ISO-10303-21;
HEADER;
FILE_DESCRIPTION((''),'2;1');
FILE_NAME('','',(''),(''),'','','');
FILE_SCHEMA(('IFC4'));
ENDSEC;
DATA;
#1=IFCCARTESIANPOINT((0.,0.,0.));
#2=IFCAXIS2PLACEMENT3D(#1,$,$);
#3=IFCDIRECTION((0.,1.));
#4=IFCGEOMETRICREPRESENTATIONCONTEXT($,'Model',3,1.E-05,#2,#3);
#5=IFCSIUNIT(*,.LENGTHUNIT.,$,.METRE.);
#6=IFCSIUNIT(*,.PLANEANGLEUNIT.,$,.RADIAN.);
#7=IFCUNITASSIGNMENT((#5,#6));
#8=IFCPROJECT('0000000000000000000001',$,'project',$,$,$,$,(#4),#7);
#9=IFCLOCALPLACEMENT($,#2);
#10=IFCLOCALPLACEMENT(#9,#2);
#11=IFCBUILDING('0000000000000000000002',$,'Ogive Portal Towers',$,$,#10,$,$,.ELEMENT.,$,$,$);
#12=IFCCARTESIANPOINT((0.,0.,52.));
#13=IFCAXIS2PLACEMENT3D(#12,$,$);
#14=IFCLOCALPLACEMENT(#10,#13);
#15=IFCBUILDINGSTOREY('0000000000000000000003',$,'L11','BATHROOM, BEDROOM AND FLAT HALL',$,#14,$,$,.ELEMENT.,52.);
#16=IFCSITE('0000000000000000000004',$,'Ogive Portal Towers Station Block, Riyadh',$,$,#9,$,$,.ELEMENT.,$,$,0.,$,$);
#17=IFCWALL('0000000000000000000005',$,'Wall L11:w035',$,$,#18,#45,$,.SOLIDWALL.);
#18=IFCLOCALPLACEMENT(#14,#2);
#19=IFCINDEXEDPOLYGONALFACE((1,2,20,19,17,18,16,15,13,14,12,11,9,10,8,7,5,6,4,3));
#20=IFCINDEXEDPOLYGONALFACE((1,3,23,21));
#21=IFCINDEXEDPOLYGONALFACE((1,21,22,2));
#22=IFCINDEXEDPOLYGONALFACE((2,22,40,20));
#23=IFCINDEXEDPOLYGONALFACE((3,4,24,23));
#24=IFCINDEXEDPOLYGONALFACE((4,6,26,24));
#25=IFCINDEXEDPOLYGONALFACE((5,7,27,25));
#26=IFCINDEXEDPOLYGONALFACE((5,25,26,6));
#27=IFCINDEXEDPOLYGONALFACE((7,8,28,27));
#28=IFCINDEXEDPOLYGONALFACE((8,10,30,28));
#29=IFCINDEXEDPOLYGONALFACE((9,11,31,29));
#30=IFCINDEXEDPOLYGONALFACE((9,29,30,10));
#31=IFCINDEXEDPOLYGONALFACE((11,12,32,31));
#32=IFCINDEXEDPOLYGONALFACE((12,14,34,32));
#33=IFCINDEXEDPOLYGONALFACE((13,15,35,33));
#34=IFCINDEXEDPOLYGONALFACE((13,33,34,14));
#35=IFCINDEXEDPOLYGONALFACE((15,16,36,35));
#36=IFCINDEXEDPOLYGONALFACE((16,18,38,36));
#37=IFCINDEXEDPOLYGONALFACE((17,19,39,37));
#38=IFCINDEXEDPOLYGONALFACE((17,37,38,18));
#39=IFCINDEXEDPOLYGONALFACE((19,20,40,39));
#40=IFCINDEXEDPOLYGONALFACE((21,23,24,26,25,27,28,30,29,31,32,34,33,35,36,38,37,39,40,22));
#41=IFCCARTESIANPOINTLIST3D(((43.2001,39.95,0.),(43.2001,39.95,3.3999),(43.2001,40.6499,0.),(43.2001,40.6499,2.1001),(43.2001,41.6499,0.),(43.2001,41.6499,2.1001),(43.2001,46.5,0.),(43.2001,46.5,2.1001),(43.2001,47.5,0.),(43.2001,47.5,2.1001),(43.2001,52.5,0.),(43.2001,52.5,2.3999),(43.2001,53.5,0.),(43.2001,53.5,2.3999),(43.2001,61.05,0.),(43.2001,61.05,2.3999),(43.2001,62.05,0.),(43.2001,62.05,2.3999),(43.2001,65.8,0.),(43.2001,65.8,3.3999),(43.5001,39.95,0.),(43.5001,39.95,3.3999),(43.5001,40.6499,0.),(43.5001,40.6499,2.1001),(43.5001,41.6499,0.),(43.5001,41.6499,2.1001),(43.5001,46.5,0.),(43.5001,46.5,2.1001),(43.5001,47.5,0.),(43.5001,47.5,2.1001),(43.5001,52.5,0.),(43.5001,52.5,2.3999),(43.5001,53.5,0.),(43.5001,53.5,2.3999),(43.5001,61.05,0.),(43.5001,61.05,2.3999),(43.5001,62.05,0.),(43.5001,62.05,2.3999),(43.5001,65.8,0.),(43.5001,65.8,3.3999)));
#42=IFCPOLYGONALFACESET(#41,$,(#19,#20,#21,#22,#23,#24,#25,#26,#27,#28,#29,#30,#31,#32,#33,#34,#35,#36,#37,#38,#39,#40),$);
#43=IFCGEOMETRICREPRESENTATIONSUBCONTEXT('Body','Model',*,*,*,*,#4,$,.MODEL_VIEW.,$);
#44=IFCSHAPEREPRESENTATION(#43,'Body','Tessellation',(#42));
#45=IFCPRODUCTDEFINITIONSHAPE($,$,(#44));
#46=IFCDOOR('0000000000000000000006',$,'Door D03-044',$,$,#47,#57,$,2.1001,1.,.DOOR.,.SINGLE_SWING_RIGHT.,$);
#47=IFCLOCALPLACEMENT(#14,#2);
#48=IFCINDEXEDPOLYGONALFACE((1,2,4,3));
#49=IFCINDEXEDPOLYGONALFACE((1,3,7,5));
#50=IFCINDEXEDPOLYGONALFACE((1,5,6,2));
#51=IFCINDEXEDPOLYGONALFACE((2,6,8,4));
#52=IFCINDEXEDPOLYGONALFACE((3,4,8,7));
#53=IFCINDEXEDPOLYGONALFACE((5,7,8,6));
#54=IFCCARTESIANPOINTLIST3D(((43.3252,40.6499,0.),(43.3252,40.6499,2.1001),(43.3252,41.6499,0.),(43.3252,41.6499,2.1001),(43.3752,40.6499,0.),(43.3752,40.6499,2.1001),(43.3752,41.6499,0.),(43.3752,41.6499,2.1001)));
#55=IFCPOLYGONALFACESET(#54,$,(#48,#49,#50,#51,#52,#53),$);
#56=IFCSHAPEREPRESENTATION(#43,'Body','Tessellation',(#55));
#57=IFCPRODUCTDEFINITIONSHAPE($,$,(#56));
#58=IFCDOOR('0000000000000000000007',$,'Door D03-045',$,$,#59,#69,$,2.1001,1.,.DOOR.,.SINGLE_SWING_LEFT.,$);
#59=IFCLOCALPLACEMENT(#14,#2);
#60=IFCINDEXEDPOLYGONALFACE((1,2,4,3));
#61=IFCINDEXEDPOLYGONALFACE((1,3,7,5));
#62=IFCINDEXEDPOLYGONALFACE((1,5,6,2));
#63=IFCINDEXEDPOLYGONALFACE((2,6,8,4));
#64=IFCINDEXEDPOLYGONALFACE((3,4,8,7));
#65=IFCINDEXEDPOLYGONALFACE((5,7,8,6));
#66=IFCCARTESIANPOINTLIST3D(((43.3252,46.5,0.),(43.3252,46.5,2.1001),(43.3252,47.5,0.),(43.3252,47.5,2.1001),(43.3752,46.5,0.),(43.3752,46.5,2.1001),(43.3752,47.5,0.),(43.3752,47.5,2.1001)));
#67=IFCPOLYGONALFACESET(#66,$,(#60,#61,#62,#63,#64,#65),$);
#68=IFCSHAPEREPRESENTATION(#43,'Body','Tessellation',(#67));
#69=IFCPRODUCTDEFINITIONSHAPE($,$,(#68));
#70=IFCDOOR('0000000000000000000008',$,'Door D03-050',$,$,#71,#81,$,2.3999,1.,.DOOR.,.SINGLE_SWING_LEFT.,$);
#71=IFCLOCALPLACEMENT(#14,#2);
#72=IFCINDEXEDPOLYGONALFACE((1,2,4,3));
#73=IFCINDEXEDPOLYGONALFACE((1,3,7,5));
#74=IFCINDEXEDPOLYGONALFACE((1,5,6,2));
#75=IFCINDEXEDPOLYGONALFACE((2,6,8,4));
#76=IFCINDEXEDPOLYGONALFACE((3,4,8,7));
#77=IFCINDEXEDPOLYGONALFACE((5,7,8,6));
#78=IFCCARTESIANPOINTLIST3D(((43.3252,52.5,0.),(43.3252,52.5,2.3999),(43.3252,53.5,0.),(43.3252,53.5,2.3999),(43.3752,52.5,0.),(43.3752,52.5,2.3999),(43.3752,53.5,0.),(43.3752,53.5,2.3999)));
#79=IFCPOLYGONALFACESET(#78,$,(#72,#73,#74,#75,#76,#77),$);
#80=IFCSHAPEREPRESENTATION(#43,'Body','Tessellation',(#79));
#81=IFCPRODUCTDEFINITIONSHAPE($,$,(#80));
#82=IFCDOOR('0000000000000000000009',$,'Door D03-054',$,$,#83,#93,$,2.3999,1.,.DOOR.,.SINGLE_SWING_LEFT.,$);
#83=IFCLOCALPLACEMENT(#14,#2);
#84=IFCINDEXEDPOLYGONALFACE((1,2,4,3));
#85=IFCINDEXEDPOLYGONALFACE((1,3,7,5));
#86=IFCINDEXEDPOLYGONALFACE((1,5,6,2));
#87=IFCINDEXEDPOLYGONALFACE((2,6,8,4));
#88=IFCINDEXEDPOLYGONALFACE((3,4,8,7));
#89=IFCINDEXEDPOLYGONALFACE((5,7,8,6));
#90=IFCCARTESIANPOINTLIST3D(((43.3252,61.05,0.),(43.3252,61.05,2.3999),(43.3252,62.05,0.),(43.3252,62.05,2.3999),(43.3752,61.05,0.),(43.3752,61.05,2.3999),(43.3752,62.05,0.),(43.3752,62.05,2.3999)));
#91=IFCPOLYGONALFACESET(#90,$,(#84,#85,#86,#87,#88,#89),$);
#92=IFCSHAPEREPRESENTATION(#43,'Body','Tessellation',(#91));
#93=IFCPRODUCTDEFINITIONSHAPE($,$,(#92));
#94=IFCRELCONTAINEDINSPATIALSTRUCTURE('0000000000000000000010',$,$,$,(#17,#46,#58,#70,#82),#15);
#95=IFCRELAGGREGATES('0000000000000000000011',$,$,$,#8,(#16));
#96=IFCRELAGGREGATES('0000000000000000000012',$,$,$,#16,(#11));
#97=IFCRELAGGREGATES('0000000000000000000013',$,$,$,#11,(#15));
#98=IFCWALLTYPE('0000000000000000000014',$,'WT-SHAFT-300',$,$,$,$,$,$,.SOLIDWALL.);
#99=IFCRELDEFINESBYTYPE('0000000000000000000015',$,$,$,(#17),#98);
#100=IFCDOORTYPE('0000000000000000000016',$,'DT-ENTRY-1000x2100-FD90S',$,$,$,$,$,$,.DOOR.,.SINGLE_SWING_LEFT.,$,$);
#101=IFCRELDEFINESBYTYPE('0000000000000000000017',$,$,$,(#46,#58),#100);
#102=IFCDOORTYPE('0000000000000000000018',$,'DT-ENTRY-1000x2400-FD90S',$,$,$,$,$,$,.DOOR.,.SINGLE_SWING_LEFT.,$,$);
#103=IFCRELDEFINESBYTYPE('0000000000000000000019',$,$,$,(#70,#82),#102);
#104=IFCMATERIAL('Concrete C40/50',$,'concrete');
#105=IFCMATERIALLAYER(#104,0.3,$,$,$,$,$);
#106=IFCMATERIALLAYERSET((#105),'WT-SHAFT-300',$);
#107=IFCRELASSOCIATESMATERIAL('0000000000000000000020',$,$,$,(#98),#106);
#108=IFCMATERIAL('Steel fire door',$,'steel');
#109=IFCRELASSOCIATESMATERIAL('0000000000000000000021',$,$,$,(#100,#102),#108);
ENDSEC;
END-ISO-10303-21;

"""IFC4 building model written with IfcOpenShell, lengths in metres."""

from ifc_helpers import new_model, si_unit, direction, frame, frame_2d, origin, place, context, subcontext, project, spatial, rectangle, extrude, material, layer, layer_set, type_object, element, fill, save


model = new_model("IFC4")

# Units and contexts
model_context = context("Model", 3, precision=1e-05, world=origin(), true_north=direction((0.0, 1.0)))
body_context = subcontext(model_context, "Body", "Model", "MODEL_VIEW")
ifc_project = project(units=[si_unit("LENGTHUNIT", "METRE"), si_unit("PLANEANGLEUNIT", "RADIAN")], contexts=[model_context])

# Site, building, storey
site_placement = place(None, origin())
site = spatial("IfcSite", under=ifc_project, at=site_placement, Name="Ogive Portal Towers Station Block, Riyadh", CompositionType="ELEMENT", RefElevation=0.0)
building_placement = place(site_placement, origin())
building = spatial("IfcBuilding", under=site, at=building_placement, Name="Ogive Portal Towers", CompositionType="ELEMENT")
storey_placement = place(building_placement, frame((0.0, 0.0, 52.0)))
storey = spatial("IfcBuildingStorey", under=building, at=storey_placement, Name="L11", Description="BATHROOM, BEDROOM AND FLAT HALL", CompositionType="ELEMENT", Elevation=52.0)

# Shared definitions
ifc_material_1 = material(Name="Concrete C40/50", Category="concrete")

# Shared definitions
ifc_material_2 = material(Name="Steel fire door", Category="steel")

# Wall, openings, doors
ifc_layer_1 = layer(ifc_material_1, 0.3)
ifc_layer_set_1 = layer_set([ifc_layer_1], Name="WT-SHAFT-300")
wall_type_1 = type_object("IfcWallType", Name="WT-SHAFT-300", PredefinedType="SOLIDWALL", material=ifc_layer_set_1)
wall_1_placement = place(storey_placement, frame((43.3501, 39.95, 0.0), z_axis=(0.0, 0.0, 1.0), x_axis=(0.0, 1.0, 0.0)))
wall_1 = element("IfcWall", 1, at=wall_1_placement, inside=storey, type_object=wall_type_1, Name="Wall L11:w035", PredefinedType="SOLIDWALL", context=body_context, shape_type="SweptSolid", body=[
    extrude(rectangle(XDim=25.8501, YDim=0.3, at=frame_2d((12.925, 0.0))), origin(), (0.0, 0.0, 1.0), 3.3999),
])
opening_1_placement = place(wall_1_placement, frame((0.7, 0.0, 0.0)))
opening_1 = element("IfcOpeningElement", 2, at=opening_1_placement, cuts=wall_1, PredefinedType="OPENING", context=body_context, shape_type="SweptSolid", body=[
    extrude(rectangle(XDim=1.0, YDim=2.1001, at=frame_2d((0.5, 1.05))), frame((0.0, 0.1602, 0.0), z_axis=(0.0, -1.0, 0.0), x_axis=(1.0, 0.0, 0.0)), (0.0, 0.0, 1.0), 0.3201),
])
opening_2_placement = place(wall_1_placement, frame((6.55, 0.0, 0.0)))
opening_2 = element("IfcOpeningElement", 3, at=opening_2_placement, cuts=wall_1, PredefinedType="OPENING", context=body_context, shape_type="SweptSolid", body=[
    extrude(rectangle(XDim=1.0, YDim=2.1001, at=frame_2d((0.5, 1.05))), frame((0.0, 0.1602, 0.0), z_axis=(0.0, -1.0, 0.0), x_axis=(1.0, 0.0, 0.0)), (0.0, 0.0, 1.0), 0.3201),
])
opening_3_placement = place(wall_1_placement, frame((12.55, 0.0, 0.0)))
opening_3 = element("IfcOpeningElement", 4, at=opening_3_placement, cuts=wall_1, PredefinedType="OPENING", context=body_context, shape_type="SweptSolid", body=[
    extrude(rectangle(XDim=1.0, YDim=2.3999, at=frame_2d((0.5, 1.2))), frame((0.0, 0.1602, 0.0), z_axis=(0.0, -1.0, 0.0), x_axis=(1.0, 0.0, 0.0)), (0.0, 0.0, 1.0), 0.3201),
])
opening_4_placement = place(wall_1_placement, frame((21.1001, 0.0, 0.0)))
opening_4 = element("IfcOpeningElement", 5, at=opening_4_placement, cuts=wall_1, PredefinedType="OPENING", context=body_context, shape_type="SweptSolid", body=[
    extrude(rectangle(XDim=1.0, YDim=2.3999, at=frame_2d((0.5, 1.2))), frame((0.0, 0.1602, 0.0), z_axis=(0.0, -1.0, 0.0), x_axis=(1.0, 0.0, 0.0)), (0.0, 0.0, 1.0), 0.3201),
])
door_type_1 = type_object("IfcDoorType", Name="DT-ENTRY-1000x2100-FD90S", OperationType="SINGLE_SWING_LEFT", PredefinedType="DOOR", material=ifc_material_2)
door_1_placement = place(opening_1_placement, origin())
door_1 = element("IfcDoor", 6, at=door_1_placement, inside=storey, type_object=door_type_1, Name="Door D03-044", OperationType="SINGLE_SWING_RIGHT", OverallHeight=2.1001, OverallWidth=1.0, PredefinedType="DOOR", context=body_context, shape_type="SweptSolid", body=[
    extrude(rectangle(XDim=1.0, YDim=2.1001, at=frame_2d((0.5, 1.05))), frame((0.0, 0.0249, 0.0), z_axis=(0.0, -1.0, 0.0), x_axis=(1.0, 0.0, 0.0)), (0.0, 0.0, 1.0), 0.05),
])
fill(opening_1, door_1)
door_2_placement = place(opening_2_placement, origin())
door_2 = element("IfcDoor", 7, at=door_2_placement, inside=storey, type_object=door_type_1, Name="Door D03-045", OperationType="SINGLE_SWING_LEFT", OverallHeight=2.1001, OverallWidth=1.0, PredefinedType="DOOR", context=body_context, shape_type="SweptSolid", body=[
    extrude(rectangle(XDim=1.0, YDim=2.1001, at=frame_2d((0.5, 1.05))), frame((0.0, 0.0249, 0.0), z_axis=(0.0, -1.0, 0.0), x_axis=(1.0, 0.0, 0.0)), (0.0, 0.0, 1.0), 0.05),
])
fill(opening_2, door_2)
door_type_2 = type_object("IfcDoorType", Name="DT-ENTRY-1000x2400-FD90S", OperationType="SINGLE_SWING_LEFT", PredefinedType="DOOR", material=ifc_material_2)
door_3_placement = place(opening_3_placement, origin())
door_3 = element("IfcDoor", 8, at=door_3_placement, inside=storey, type_object=door_type_2, Name="Door D03-050", OperationType="SINGLE_SWING_LEFT", OverallHeight=2.3999, OverallWidth=1.0, PredefinedType="DOOR", context=body_context, shape_type="SweptSolid", body=[
    extrude(rectangle(XDim=1.0, YDim=2.3999, at=frame_2d((0.5, 1.2))), frame((0.0, 0.0249, 0.0), z_axis=(0.0, -1.0, 0.0), x_axis=(1.0, 0.0, 0.0)), (0.0, 0.0, 1.0), 0.05),
])
fill(opening_3, door_3)
door_4_placement = place(opening_4_placement, origin())
door_4 = element("IfcDoor", 9, at=door_4_placement, inside=storey, type_object=door_type_2, Name="Door D03-054", OperationType="SINGLE_SWING_LEFT", OverallHeight=2.3999, OverallWidth=1.0, PredefinedType="DOOR", context=body_context, shape_type="SweptSolid", body=[
    extrude(rectangle(XDim=1.0, YDim=2.3999, at=frame_2d((0.5, 1.2))), frame((0.0, 0.0249, 0.0), z_axis=(0.0, -1.0, 0.0), x_axis=(1.0, 0.0, 0.0)), (0.0, 0.0, 1.0), 0.05),
])
fill(opening_4, door_4)

save(model, "model.ifc")
